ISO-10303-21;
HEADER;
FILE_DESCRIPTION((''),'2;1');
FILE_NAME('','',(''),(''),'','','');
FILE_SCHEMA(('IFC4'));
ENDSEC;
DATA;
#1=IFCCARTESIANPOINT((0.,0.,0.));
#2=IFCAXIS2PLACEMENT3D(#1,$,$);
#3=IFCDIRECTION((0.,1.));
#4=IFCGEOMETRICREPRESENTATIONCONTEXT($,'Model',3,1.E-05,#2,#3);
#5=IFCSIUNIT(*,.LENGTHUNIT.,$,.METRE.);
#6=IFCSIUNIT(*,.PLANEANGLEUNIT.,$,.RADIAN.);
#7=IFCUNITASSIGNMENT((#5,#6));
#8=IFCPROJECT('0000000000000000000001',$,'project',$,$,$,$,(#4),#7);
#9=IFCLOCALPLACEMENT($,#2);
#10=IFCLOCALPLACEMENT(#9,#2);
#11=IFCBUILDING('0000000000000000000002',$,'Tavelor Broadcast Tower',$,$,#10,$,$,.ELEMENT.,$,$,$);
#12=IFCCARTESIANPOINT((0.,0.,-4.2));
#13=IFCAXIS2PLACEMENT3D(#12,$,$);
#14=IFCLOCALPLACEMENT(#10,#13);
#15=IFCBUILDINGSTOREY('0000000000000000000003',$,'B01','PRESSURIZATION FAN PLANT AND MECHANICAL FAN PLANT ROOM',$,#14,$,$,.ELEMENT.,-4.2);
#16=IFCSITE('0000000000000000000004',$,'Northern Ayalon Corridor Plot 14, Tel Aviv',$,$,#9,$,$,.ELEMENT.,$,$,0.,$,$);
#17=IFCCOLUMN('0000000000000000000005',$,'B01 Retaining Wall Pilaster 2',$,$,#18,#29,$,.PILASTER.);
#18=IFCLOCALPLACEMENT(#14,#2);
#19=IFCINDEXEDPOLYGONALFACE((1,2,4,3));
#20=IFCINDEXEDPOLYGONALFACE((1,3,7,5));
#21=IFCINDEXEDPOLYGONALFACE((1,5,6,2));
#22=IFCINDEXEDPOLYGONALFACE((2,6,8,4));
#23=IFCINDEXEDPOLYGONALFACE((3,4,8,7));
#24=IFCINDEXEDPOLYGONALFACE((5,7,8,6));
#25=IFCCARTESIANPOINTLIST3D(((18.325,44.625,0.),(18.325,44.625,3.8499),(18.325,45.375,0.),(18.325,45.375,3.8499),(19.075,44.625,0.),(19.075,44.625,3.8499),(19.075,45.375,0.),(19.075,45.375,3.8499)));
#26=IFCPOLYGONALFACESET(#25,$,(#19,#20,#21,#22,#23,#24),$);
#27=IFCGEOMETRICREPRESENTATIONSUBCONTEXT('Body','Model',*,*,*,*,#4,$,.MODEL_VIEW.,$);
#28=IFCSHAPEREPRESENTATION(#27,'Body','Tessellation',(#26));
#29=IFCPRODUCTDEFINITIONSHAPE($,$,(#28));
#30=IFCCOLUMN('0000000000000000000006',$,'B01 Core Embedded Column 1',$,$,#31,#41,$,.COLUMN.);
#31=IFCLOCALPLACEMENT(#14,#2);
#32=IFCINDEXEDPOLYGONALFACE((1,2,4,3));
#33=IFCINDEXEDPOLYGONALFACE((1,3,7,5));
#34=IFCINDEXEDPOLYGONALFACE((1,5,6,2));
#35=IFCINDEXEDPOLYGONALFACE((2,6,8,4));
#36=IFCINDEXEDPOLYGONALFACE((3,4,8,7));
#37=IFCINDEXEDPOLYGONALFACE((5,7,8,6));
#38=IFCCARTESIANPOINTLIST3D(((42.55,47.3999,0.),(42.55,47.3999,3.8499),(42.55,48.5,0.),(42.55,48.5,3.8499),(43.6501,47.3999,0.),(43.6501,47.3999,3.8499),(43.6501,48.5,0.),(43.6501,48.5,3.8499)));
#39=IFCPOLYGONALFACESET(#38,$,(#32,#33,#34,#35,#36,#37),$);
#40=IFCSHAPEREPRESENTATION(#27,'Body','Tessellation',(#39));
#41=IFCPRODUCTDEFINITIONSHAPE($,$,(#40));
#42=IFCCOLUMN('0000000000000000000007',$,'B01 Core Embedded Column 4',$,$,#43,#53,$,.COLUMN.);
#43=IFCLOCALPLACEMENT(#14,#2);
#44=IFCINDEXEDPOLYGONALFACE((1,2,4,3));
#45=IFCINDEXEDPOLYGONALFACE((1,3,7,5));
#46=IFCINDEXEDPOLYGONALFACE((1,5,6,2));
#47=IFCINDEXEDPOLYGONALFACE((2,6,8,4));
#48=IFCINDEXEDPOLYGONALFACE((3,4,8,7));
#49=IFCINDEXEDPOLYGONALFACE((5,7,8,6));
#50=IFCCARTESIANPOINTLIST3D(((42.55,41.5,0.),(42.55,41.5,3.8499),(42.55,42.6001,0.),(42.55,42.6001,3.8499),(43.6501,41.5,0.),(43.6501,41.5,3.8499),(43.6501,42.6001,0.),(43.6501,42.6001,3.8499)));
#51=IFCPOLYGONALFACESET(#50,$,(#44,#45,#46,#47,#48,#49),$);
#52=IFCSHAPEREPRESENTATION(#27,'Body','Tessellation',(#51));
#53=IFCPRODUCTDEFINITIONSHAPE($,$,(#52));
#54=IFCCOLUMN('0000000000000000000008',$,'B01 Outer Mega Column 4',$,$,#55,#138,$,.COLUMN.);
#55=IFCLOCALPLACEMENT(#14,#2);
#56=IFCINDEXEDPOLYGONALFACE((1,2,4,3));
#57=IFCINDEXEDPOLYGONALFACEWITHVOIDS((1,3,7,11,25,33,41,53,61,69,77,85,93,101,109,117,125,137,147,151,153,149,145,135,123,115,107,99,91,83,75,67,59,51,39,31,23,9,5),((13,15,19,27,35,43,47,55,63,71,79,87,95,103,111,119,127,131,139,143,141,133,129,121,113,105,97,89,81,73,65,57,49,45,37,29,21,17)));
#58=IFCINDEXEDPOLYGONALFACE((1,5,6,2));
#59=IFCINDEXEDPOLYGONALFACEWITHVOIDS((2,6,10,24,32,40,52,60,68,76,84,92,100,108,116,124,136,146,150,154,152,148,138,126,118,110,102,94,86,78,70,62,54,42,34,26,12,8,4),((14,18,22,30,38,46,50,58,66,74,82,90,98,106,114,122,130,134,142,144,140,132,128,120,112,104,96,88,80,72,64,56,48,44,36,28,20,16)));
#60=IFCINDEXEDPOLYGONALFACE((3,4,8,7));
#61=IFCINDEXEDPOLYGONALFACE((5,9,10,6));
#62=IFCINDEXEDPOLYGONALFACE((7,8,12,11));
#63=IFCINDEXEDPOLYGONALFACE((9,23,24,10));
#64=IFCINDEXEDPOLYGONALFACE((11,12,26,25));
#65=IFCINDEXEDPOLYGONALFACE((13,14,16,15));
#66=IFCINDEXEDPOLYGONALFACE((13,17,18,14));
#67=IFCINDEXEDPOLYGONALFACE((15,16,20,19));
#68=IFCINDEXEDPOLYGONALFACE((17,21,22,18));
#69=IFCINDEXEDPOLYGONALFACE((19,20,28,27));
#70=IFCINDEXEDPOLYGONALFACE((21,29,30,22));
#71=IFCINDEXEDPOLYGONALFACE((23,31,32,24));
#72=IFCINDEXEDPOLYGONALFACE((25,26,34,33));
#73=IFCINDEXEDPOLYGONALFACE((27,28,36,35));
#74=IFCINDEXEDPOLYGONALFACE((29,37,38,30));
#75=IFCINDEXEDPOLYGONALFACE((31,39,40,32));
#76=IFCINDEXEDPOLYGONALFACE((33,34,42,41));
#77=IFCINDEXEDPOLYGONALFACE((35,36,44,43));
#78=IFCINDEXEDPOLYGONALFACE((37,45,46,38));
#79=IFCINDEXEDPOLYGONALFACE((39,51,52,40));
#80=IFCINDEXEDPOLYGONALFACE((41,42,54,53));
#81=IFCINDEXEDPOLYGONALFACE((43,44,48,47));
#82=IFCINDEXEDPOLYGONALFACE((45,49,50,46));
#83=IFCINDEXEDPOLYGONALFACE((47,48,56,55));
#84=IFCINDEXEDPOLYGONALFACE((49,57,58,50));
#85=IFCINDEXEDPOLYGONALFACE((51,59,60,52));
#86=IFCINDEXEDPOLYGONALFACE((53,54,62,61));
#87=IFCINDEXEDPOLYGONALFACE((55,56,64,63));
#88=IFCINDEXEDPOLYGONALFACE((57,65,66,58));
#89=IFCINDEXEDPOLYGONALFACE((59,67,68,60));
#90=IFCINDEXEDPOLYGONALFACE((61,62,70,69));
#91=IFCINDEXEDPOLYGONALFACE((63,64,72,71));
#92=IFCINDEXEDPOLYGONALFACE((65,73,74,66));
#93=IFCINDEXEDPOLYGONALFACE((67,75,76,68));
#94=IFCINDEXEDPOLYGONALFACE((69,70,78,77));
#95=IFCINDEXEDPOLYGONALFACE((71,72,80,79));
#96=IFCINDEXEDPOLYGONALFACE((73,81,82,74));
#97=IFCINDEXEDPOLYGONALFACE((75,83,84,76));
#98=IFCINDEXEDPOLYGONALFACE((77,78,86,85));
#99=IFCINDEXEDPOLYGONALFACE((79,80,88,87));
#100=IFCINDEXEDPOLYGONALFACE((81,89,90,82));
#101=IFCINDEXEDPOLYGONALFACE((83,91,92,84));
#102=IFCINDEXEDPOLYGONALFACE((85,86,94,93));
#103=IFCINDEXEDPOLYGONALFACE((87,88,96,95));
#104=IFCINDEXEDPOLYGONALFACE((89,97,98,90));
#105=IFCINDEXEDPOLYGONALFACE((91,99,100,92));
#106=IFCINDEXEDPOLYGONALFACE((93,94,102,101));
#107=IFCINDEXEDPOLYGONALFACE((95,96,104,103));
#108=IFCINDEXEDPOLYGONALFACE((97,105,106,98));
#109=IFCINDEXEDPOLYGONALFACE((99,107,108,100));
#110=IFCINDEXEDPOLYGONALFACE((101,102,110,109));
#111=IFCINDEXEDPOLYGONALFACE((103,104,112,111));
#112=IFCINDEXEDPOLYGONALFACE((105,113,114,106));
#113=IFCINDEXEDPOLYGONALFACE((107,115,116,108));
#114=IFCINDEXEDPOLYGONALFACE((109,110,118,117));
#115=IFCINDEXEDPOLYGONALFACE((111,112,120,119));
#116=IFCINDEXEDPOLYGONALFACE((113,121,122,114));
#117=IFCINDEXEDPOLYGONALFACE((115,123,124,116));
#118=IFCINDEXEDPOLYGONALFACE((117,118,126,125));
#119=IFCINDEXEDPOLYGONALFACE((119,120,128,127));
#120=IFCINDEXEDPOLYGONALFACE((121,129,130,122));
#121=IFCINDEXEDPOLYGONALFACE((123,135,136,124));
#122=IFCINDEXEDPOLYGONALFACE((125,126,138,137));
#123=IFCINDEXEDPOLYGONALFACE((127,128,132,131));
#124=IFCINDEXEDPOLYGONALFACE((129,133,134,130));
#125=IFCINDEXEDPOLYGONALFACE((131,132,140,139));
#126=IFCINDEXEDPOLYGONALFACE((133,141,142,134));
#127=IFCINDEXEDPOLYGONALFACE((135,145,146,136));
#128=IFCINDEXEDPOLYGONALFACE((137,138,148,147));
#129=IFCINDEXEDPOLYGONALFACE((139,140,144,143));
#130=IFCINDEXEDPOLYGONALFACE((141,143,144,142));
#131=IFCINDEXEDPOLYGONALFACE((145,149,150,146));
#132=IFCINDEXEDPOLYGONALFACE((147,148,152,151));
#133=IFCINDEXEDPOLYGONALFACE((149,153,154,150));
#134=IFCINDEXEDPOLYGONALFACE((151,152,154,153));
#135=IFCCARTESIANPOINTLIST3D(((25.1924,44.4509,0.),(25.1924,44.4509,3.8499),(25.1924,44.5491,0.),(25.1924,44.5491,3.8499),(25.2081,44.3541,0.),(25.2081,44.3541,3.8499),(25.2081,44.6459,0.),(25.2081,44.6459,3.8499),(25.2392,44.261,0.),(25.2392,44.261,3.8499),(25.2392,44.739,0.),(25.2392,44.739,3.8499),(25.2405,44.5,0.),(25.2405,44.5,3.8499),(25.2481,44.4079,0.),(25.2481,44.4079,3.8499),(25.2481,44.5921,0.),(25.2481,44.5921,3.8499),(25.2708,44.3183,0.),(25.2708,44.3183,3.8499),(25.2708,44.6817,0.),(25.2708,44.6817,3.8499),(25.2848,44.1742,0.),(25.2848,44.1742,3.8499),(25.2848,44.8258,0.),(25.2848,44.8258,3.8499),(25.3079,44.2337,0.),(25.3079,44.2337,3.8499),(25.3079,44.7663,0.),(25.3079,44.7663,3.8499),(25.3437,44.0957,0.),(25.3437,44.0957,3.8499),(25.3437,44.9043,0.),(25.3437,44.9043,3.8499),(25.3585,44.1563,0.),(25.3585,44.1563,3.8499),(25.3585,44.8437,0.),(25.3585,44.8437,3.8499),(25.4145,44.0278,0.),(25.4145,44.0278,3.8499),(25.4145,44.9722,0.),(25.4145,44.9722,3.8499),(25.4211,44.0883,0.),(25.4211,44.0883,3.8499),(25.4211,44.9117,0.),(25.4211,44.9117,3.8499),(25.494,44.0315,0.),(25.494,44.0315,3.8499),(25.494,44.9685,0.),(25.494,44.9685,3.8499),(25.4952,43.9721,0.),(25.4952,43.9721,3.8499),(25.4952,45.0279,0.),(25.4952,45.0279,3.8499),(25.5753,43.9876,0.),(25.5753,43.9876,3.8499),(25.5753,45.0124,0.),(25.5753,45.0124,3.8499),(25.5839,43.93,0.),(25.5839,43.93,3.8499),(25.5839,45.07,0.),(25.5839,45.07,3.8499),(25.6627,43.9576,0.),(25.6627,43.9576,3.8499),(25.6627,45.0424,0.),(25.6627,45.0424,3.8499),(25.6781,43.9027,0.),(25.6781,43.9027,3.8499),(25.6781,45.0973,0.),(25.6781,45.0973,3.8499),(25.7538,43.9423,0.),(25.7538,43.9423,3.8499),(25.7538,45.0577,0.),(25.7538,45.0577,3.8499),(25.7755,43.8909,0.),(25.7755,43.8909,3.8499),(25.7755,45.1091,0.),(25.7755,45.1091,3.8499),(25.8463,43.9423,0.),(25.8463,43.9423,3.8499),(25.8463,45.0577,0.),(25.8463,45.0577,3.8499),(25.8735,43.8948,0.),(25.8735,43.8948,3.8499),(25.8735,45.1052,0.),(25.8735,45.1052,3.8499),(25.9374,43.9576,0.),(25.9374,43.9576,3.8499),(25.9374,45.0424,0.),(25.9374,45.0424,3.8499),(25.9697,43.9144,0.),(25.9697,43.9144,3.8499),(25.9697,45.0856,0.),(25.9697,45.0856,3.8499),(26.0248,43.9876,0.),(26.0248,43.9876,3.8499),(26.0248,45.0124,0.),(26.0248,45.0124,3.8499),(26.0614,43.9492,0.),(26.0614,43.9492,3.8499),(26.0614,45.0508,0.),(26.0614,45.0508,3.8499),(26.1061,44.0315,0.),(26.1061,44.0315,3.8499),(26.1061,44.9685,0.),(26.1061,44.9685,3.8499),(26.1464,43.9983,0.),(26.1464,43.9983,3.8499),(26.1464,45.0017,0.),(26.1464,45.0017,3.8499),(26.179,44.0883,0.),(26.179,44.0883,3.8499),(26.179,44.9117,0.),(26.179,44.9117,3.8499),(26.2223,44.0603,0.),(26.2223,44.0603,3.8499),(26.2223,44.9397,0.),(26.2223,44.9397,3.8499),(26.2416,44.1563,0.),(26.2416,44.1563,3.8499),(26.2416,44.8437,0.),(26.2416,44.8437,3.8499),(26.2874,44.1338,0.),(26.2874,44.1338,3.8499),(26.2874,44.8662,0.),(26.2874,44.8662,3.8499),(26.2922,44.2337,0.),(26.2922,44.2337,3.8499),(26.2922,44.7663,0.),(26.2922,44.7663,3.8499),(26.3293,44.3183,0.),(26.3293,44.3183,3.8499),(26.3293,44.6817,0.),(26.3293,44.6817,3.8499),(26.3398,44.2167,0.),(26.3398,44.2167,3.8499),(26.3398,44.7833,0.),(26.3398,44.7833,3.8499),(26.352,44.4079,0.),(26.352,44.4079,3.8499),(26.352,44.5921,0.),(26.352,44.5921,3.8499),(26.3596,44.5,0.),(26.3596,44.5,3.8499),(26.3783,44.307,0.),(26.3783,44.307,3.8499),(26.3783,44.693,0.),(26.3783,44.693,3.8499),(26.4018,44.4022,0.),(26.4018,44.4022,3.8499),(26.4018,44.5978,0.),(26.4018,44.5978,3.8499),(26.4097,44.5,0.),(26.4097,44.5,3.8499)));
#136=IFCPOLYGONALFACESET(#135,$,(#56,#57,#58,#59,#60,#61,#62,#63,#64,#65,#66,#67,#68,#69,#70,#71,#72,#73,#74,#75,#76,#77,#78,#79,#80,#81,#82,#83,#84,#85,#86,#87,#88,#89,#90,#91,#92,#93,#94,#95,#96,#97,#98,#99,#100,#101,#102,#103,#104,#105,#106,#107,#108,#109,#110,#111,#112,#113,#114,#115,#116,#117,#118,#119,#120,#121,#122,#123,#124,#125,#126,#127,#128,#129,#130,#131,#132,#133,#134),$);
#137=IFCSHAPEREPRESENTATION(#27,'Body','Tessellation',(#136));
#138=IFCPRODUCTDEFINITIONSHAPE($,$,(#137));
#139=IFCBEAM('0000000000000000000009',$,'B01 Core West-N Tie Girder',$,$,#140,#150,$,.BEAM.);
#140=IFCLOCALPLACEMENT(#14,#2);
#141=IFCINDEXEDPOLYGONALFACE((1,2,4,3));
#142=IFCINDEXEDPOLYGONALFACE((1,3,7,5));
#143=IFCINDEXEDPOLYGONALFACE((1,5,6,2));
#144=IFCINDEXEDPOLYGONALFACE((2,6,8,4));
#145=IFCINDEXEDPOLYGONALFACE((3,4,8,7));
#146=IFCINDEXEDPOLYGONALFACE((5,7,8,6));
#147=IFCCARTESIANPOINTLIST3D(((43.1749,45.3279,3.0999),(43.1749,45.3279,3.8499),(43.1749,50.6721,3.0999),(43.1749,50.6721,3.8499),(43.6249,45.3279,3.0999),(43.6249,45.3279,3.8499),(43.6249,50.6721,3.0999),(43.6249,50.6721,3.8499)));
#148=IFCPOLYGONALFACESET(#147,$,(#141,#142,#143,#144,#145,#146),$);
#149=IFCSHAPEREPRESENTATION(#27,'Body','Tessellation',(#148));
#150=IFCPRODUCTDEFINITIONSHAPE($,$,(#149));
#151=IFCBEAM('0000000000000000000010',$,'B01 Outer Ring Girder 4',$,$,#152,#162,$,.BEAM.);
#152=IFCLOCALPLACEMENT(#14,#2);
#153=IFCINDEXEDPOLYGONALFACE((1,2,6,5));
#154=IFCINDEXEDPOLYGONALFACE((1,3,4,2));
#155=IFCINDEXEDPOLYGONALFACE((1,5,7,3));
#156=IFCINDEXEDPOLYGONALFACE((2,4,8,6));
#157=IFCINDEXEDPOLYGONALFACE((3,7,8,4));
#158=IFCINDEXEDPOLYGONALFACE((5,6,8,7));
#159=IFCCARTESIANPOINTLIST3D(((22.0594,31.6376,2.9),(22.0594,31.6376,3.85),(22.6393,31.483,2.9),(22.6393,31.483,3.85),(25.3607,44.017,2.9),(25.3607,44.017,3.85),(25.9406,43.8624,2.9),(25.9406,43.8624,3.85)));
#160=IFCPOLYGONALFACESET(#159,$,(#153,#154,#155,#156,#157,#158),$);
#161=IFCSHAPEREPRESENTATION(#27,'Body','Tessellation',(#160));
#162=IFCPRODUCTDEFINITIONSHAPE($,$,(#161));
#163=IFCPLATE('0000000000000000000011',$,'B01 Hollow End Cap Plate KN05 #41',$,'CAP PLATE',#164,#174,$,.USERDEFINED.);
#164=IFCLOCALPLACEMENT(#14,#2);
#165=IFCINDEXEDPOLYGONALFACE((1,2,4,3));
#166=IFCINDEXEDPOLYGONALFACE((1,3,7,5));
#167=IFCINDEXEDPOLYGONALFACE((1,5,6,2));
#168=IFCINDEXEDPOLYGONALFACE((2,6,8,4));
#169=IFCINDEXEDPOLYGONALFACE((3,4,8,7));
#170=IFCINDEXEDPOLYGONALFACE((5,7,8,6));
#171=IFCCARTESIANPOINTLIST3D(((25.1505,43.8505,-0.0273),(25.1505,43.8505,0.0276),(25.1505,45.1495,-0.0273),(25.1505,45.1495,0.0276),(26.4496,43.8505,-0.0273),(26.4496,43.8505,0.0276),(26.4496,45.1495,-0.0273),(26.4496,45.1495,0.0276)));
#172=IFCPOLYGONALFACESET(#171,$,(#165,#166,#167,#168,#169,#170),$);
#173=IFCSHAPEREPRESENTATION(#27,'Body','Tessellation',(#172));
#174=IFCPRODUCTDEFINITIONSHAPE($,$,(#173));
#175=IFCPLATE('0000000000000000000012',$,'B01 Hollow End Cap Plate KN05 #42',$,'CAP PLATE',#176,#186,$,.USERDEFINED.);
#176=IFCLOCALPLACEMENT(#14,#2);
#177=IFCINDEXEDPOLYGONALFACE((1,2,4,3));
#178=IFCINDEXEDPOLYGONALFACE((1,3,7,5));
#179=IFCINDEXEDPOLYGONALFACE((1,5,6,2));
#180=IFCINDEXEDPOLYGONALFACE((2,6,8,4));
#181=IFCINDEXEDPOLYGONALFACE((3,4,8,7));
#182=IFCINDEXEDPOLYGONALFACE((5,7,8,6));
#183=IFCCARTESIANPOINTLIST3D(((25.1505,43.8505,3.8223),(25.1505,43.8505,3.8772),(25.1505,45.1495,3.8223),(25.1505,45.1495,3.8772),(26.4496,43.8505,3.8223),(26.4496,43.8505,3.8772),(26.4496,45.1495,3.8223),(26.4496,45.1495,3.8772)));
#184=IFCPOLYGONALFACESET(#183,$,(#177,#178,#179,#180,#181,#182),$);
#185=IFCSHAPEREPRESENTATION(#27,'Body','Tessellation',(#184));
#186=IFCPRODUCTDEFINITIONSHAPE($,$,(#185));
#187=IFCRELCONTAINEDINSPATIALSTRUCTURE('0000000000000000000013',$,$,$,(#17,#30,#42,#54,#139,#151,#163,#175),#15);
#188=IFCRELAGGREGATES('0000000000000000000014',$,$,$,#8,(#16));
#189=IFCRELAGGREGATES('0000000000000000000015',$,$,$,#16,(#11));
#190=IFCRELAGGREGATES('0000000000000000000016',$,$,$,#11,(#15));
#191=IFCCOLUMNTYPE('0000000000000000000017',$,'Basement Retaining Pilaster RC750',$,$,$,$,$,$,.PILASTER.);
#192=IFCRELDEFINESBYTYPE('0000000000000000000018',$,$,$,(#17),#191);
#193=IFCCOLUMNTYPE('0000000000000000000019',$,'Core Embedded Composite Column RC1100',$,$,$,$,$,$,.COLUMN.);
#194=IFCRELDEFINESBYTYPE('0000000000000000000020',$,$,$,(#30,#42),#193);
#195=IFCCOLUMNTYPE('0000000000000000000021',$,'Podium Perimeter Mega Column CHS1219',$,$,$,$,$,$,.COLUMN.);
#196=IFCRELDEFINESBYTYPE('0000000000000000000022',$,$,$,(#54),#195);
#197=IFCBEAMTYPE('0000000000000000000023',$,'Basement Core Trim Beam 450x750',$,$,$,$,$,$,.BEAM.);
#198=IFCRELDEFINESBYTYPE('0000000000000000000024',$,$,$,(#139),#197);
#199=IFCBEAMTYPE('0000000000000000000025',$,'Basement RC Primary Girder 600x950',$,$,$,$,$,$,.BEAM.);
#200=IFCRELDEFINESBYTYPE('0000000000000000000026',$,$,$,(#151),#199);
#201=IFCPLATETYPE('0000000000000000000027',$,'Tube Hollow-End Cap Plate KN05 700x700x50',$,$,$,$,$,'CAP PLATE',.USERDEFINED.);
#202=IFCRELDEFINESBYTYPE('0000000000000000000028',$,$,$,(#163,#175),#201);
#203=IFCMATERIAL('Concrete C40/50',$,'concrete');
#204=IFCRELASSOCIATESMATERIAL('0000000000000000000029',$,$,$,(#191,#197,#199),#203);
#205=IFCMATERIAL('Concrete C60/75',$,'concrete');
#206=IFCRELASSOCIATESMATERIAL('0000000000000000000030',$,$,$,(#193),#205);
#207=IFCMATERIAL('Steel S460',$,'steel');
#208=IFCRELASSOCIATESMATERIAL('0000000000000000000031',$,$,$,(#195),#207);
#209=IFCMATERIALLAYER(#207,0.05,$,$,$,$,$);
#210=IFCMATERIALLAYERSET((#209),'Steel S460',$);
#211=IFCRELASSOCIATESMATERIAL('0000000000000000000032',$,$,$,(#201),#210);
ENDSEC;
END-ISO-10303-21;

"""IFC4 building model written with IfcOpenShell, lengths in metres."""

from ifc_helpers import new_model, si_unit, direction, frame, origin, origin_2d, place, context, subcontext, project, spatial, rectangle, hollow_circle, extrude, source, transform, mapped, material, layer, layer_set, material_profile, profile_set, type_object, type_shapes, element, save


model = new_model("IFC4")

# Units and contexts
model_context = context("Model", 3, precision=1e-05, world=origin(), true_north=direction((0.0, 1.0)))
body_context = subcontext(model_context, "Body", "Model", "MODEL_VIEW")
ifc_project = project(units=[si_unit("LENGTHUNIT", "METRE"), si_unit("PLANEANGLEUNIT", "RADIAN")], contexts=[model_context])

# Site, building, storey
site_placement = place(None, origin())
site = spatial("IfcSite", under=ifc_project, at=site_placement, Name="Northern Ayalon Corridor Plot 14, Tel Aviv", CompositionType="ELEMENT", RefElevation=0.0)
building_placement = place(site_placement, origin())
building = spatial("IfcBuilding", under=site, at=building_placement, Name="Tavelor Broadcast Tower", CompositionType="ELEMENT")
storey_placement = place(building_placement, frame((0.0, 0.0, -4.2)))
storey = spatial("IfcBuildingStorey", under=building, at=storey_placement, Name="B01", Description="PRESSURIZATION FAN PLANT AND MECHANICAL FAN PLANT ROOM", CompositionType="ELEMENT", Elevation=-4.2)

# Columns
ifc_material_1 = material(Name="Concrete C40/50", Category="concrete")
ifc_material_profile_1 = material_profile(ifc_material_1, rectangle(XDim=0.75, YDim=0.75, at=origin_2d()), Name="RC 750x750")
ifc_profile_set_1 = profile_set([ifc_material_profile_1], Name="Concrete C40/50")
column_type_1 = type_object("IfcColumnType", Name="Basement Retaining Pilaster RC750", PredefinedType="PILASTER", material=ifc_profile_set_1)
column_1_placement = place(storey_placement, frame((18.7, 45.0, 0.0), z_axis=(0.0, 0.0, 1.0), x_axis=(1.0, 0.0, 0.0)))
element("IfcColumn", 1, at=column_1_placement, inside=storey, type_object=column_type_1, Name="B01 Retaining Wall Pilaster 2", PredefinedType="PILASTER", context=body_context, shape_type="SweptSolid", body=[
    extrude(rectangle(XDim=0.75, YDim=0.75, at=origin_2d()), origin(), (0.0, 0.0, 1.0), 3.8499),
])
ifc_material_2 = material(Name="Concrete C60/75", Category="concrete")
ifc_material_profile_2 = material_profile(ifc_material_2, rectangle(XDim=1.1001, YDim=1.1001, at=origin_2d()), Name="RC 1100x1100")
ifc_profile_set_2 = profile_set([ifc_material_profile_2], Name="Concrete C60/75")
column_type_2 = type_object("IfcColumnType", Name="Core Embedded Composite Column RC1100", PredefinedType="COLUMN", material=ifc_profile_set_2)
for number, where, z_axis, x_axis, name in (
    (2, (43.1001, 47.95, 0.0), (0.0, 0.0, 1.0), (1.0, 0.0, 0.0), "B01 Core Embedded Column 1"),
    (3, (43.1001, 42.05, 0.0), (0.0, 0.0, 1.0), (1.0, 0.0, 0.0), "B01 Core Embedded Column 4"),
):
    element("IfcColumn", number, at=place(storey_placement, frame(where, z_axis=z_axis, x_axis=x_axis)), inside=storey, type_object=column_type_2, Name=name, PredefinedType="COLUMN", context=body_context, shape_type="SweptSolid", body=[
        extrude(rectangle(XDim=1.1001, YDim=1.1001, at=origin_2d()), origin(), (0.0, 0.0, 1.0), 3.8499),
    ])
ifc_material_3 = material(Name="Steel S460", Category="steel")
ifc_material_profile_3 = material_profile(ifc_material_3, hollow_circle(Radius=0.6096, WallThickness=0.05, at=origin_2d()), Name="CHS 1219x50")
ifc_profile_set_3 = profile_set([ifc_material_profile_3], Name="Steel S460")
column_type_3 = type_object("IfcColumnType", Name="Podium Perimeter Mega Column CHS1219", PredefinedType="COLUMN", material=ifc_profile_set_3)
column_2_placement = place(storey_placement, frame((25.8, 44.5, 0.0), z_axis=(0.0, 0.0, 1.0), x_axis=(1.0, 0.0, 0.0)))
element("IfcColumn", 4, at=column_2_placement, inside=storey, type_object=column_type_3, Name="B01 Outer Mega Column 4", PredefinedType="COLUMN", context=body_context, shape_type="SweptSolid", body=[
    extrude(hollow_circle(Radius=0.6096, WallThickness=0.05, at=origin_2d()), origin(), (0.0, 0.0, 1.0), 3.8499),
])

# Beams
ifc_material_profile_4 = material_profile(ifc_material_1, rectangle(XDim=0.45, YDim=0.75, at=origin_2d()), Name="RC 450x750")
ifc_profile_set_4 = profile_set([ifc_material_profile_4], Name="Concrete C40/50")
beam_type_1 = type_object("IfcBeamType", Name="Basement Core Trim Beam 450x750", PredefinedType="BEAM", material=ifc_profile_set_4)
beam_1_placement = place(storey_placement, frame((43.3999, 45.3279, 3.4749), z_axis=(0.0, 1.0, 0.0), x_axis=(-1.0, 0.0, 0.0)))
element("IfcBeam", 5, at=beam_1_placement, inside=storey, type_object=beam_type_1, Name="B01 Core West-N Tie Girder", PredefinedType="BEAM", context=body_context, shape_type="SweptSolid", body=[
    extrude(rectangle(XDim=0.45, YDim=0.75, at=origin_2d()), origin(), (0.0, 0.0, 1.0), 5.3442),
])
ifc_material_profile_5 = material_profile(ifc_material_1, rectangle(XDim=0.6001, YDim=0.95, at=origin_2d()), Name="RC 600x950")
ifc_profile_set_5 = profile_set([ifc_material_profile_5], Name="Concrete C40/50")
beam_type_2 = type_object("IfcBeamType", Name="Basement RC Primary Girder 600x950", PredefinedType="BEAM", material=ifc_profile_set_5)
beam_2_placement = place(storey_placement, frame((25.6506, 43.9397, 3.375), z_axis=(-0.25767, -0.966233, 0.0), x_axis=(0.966233, -0.25767, 0.0)))
element("IfcBeam", 6, at=beam_2_placement, inside=storey, type_object=beam_type_2, Name="B01 Outer Ring Girder 4", PredefinedType="BEAM", context=body_context, shape_type="SweptSolid", body=[
    extrude(rectangle(XDim=0.6001, YDim=0.95, at=origin_2d()), origin(), (0.0, 0.0, 1.0), 12.812),
])

# Plates
ifc_layer_1 = layer(ifc_material_3, 0.05)
ifc_layer_set_1 = layer_set([ifc_layer_1], Name="Steel S460")
plate_type_1 = type_object("IfcPlateType", Name="Tube Hollow-End Cap Plate KN05 700x700x50", ElementType="CAP PLATE", PredefinedType="USERDEFINED", material=ifc_layer_set_1)
shared_shape_1 = source(origin(), body_context, "Body", "SweptSolid", [
    extrude(rectangle(XDim=1.2991, YDim=1.2991, at=origin_2d()), origin(), (0.0, 0.0, 1.0), 0.0549),
])
type_shapes(plate_type_1, [shared_shape_1])
for number, where, z_axis, x_axis, name in (
    (7, (25.8, 44.5, -0.0273), (0.0, 0.0, 1.0), (1.0, 0.0, 0.0), "B01 Hollow End Cap Plate KN05 #41"),
    (8, (25.8, 44.5, 3.8223), (0.0, 0.0, 1.0), (1.0, 0.0, 0.0), "B01 Hollow End Cap Plate KN05 #42"),
):
    element("IfcPlate", number, at=place(storey_placement, frame(where, z_axis=z_axis, x_axis=x_axis)), inside=storey, type_object=plate_type_1, Name=name, ObjectType="CAP PLATE", PredefinedType="USERDEFINED", context=body_context, shape_type="MappedRepresentation", body=[
        mapped(shared_shape_1, transform((0.0, 0.0, 0.0), scale=1.0)),
    ])

save(model, "model.ifc")
